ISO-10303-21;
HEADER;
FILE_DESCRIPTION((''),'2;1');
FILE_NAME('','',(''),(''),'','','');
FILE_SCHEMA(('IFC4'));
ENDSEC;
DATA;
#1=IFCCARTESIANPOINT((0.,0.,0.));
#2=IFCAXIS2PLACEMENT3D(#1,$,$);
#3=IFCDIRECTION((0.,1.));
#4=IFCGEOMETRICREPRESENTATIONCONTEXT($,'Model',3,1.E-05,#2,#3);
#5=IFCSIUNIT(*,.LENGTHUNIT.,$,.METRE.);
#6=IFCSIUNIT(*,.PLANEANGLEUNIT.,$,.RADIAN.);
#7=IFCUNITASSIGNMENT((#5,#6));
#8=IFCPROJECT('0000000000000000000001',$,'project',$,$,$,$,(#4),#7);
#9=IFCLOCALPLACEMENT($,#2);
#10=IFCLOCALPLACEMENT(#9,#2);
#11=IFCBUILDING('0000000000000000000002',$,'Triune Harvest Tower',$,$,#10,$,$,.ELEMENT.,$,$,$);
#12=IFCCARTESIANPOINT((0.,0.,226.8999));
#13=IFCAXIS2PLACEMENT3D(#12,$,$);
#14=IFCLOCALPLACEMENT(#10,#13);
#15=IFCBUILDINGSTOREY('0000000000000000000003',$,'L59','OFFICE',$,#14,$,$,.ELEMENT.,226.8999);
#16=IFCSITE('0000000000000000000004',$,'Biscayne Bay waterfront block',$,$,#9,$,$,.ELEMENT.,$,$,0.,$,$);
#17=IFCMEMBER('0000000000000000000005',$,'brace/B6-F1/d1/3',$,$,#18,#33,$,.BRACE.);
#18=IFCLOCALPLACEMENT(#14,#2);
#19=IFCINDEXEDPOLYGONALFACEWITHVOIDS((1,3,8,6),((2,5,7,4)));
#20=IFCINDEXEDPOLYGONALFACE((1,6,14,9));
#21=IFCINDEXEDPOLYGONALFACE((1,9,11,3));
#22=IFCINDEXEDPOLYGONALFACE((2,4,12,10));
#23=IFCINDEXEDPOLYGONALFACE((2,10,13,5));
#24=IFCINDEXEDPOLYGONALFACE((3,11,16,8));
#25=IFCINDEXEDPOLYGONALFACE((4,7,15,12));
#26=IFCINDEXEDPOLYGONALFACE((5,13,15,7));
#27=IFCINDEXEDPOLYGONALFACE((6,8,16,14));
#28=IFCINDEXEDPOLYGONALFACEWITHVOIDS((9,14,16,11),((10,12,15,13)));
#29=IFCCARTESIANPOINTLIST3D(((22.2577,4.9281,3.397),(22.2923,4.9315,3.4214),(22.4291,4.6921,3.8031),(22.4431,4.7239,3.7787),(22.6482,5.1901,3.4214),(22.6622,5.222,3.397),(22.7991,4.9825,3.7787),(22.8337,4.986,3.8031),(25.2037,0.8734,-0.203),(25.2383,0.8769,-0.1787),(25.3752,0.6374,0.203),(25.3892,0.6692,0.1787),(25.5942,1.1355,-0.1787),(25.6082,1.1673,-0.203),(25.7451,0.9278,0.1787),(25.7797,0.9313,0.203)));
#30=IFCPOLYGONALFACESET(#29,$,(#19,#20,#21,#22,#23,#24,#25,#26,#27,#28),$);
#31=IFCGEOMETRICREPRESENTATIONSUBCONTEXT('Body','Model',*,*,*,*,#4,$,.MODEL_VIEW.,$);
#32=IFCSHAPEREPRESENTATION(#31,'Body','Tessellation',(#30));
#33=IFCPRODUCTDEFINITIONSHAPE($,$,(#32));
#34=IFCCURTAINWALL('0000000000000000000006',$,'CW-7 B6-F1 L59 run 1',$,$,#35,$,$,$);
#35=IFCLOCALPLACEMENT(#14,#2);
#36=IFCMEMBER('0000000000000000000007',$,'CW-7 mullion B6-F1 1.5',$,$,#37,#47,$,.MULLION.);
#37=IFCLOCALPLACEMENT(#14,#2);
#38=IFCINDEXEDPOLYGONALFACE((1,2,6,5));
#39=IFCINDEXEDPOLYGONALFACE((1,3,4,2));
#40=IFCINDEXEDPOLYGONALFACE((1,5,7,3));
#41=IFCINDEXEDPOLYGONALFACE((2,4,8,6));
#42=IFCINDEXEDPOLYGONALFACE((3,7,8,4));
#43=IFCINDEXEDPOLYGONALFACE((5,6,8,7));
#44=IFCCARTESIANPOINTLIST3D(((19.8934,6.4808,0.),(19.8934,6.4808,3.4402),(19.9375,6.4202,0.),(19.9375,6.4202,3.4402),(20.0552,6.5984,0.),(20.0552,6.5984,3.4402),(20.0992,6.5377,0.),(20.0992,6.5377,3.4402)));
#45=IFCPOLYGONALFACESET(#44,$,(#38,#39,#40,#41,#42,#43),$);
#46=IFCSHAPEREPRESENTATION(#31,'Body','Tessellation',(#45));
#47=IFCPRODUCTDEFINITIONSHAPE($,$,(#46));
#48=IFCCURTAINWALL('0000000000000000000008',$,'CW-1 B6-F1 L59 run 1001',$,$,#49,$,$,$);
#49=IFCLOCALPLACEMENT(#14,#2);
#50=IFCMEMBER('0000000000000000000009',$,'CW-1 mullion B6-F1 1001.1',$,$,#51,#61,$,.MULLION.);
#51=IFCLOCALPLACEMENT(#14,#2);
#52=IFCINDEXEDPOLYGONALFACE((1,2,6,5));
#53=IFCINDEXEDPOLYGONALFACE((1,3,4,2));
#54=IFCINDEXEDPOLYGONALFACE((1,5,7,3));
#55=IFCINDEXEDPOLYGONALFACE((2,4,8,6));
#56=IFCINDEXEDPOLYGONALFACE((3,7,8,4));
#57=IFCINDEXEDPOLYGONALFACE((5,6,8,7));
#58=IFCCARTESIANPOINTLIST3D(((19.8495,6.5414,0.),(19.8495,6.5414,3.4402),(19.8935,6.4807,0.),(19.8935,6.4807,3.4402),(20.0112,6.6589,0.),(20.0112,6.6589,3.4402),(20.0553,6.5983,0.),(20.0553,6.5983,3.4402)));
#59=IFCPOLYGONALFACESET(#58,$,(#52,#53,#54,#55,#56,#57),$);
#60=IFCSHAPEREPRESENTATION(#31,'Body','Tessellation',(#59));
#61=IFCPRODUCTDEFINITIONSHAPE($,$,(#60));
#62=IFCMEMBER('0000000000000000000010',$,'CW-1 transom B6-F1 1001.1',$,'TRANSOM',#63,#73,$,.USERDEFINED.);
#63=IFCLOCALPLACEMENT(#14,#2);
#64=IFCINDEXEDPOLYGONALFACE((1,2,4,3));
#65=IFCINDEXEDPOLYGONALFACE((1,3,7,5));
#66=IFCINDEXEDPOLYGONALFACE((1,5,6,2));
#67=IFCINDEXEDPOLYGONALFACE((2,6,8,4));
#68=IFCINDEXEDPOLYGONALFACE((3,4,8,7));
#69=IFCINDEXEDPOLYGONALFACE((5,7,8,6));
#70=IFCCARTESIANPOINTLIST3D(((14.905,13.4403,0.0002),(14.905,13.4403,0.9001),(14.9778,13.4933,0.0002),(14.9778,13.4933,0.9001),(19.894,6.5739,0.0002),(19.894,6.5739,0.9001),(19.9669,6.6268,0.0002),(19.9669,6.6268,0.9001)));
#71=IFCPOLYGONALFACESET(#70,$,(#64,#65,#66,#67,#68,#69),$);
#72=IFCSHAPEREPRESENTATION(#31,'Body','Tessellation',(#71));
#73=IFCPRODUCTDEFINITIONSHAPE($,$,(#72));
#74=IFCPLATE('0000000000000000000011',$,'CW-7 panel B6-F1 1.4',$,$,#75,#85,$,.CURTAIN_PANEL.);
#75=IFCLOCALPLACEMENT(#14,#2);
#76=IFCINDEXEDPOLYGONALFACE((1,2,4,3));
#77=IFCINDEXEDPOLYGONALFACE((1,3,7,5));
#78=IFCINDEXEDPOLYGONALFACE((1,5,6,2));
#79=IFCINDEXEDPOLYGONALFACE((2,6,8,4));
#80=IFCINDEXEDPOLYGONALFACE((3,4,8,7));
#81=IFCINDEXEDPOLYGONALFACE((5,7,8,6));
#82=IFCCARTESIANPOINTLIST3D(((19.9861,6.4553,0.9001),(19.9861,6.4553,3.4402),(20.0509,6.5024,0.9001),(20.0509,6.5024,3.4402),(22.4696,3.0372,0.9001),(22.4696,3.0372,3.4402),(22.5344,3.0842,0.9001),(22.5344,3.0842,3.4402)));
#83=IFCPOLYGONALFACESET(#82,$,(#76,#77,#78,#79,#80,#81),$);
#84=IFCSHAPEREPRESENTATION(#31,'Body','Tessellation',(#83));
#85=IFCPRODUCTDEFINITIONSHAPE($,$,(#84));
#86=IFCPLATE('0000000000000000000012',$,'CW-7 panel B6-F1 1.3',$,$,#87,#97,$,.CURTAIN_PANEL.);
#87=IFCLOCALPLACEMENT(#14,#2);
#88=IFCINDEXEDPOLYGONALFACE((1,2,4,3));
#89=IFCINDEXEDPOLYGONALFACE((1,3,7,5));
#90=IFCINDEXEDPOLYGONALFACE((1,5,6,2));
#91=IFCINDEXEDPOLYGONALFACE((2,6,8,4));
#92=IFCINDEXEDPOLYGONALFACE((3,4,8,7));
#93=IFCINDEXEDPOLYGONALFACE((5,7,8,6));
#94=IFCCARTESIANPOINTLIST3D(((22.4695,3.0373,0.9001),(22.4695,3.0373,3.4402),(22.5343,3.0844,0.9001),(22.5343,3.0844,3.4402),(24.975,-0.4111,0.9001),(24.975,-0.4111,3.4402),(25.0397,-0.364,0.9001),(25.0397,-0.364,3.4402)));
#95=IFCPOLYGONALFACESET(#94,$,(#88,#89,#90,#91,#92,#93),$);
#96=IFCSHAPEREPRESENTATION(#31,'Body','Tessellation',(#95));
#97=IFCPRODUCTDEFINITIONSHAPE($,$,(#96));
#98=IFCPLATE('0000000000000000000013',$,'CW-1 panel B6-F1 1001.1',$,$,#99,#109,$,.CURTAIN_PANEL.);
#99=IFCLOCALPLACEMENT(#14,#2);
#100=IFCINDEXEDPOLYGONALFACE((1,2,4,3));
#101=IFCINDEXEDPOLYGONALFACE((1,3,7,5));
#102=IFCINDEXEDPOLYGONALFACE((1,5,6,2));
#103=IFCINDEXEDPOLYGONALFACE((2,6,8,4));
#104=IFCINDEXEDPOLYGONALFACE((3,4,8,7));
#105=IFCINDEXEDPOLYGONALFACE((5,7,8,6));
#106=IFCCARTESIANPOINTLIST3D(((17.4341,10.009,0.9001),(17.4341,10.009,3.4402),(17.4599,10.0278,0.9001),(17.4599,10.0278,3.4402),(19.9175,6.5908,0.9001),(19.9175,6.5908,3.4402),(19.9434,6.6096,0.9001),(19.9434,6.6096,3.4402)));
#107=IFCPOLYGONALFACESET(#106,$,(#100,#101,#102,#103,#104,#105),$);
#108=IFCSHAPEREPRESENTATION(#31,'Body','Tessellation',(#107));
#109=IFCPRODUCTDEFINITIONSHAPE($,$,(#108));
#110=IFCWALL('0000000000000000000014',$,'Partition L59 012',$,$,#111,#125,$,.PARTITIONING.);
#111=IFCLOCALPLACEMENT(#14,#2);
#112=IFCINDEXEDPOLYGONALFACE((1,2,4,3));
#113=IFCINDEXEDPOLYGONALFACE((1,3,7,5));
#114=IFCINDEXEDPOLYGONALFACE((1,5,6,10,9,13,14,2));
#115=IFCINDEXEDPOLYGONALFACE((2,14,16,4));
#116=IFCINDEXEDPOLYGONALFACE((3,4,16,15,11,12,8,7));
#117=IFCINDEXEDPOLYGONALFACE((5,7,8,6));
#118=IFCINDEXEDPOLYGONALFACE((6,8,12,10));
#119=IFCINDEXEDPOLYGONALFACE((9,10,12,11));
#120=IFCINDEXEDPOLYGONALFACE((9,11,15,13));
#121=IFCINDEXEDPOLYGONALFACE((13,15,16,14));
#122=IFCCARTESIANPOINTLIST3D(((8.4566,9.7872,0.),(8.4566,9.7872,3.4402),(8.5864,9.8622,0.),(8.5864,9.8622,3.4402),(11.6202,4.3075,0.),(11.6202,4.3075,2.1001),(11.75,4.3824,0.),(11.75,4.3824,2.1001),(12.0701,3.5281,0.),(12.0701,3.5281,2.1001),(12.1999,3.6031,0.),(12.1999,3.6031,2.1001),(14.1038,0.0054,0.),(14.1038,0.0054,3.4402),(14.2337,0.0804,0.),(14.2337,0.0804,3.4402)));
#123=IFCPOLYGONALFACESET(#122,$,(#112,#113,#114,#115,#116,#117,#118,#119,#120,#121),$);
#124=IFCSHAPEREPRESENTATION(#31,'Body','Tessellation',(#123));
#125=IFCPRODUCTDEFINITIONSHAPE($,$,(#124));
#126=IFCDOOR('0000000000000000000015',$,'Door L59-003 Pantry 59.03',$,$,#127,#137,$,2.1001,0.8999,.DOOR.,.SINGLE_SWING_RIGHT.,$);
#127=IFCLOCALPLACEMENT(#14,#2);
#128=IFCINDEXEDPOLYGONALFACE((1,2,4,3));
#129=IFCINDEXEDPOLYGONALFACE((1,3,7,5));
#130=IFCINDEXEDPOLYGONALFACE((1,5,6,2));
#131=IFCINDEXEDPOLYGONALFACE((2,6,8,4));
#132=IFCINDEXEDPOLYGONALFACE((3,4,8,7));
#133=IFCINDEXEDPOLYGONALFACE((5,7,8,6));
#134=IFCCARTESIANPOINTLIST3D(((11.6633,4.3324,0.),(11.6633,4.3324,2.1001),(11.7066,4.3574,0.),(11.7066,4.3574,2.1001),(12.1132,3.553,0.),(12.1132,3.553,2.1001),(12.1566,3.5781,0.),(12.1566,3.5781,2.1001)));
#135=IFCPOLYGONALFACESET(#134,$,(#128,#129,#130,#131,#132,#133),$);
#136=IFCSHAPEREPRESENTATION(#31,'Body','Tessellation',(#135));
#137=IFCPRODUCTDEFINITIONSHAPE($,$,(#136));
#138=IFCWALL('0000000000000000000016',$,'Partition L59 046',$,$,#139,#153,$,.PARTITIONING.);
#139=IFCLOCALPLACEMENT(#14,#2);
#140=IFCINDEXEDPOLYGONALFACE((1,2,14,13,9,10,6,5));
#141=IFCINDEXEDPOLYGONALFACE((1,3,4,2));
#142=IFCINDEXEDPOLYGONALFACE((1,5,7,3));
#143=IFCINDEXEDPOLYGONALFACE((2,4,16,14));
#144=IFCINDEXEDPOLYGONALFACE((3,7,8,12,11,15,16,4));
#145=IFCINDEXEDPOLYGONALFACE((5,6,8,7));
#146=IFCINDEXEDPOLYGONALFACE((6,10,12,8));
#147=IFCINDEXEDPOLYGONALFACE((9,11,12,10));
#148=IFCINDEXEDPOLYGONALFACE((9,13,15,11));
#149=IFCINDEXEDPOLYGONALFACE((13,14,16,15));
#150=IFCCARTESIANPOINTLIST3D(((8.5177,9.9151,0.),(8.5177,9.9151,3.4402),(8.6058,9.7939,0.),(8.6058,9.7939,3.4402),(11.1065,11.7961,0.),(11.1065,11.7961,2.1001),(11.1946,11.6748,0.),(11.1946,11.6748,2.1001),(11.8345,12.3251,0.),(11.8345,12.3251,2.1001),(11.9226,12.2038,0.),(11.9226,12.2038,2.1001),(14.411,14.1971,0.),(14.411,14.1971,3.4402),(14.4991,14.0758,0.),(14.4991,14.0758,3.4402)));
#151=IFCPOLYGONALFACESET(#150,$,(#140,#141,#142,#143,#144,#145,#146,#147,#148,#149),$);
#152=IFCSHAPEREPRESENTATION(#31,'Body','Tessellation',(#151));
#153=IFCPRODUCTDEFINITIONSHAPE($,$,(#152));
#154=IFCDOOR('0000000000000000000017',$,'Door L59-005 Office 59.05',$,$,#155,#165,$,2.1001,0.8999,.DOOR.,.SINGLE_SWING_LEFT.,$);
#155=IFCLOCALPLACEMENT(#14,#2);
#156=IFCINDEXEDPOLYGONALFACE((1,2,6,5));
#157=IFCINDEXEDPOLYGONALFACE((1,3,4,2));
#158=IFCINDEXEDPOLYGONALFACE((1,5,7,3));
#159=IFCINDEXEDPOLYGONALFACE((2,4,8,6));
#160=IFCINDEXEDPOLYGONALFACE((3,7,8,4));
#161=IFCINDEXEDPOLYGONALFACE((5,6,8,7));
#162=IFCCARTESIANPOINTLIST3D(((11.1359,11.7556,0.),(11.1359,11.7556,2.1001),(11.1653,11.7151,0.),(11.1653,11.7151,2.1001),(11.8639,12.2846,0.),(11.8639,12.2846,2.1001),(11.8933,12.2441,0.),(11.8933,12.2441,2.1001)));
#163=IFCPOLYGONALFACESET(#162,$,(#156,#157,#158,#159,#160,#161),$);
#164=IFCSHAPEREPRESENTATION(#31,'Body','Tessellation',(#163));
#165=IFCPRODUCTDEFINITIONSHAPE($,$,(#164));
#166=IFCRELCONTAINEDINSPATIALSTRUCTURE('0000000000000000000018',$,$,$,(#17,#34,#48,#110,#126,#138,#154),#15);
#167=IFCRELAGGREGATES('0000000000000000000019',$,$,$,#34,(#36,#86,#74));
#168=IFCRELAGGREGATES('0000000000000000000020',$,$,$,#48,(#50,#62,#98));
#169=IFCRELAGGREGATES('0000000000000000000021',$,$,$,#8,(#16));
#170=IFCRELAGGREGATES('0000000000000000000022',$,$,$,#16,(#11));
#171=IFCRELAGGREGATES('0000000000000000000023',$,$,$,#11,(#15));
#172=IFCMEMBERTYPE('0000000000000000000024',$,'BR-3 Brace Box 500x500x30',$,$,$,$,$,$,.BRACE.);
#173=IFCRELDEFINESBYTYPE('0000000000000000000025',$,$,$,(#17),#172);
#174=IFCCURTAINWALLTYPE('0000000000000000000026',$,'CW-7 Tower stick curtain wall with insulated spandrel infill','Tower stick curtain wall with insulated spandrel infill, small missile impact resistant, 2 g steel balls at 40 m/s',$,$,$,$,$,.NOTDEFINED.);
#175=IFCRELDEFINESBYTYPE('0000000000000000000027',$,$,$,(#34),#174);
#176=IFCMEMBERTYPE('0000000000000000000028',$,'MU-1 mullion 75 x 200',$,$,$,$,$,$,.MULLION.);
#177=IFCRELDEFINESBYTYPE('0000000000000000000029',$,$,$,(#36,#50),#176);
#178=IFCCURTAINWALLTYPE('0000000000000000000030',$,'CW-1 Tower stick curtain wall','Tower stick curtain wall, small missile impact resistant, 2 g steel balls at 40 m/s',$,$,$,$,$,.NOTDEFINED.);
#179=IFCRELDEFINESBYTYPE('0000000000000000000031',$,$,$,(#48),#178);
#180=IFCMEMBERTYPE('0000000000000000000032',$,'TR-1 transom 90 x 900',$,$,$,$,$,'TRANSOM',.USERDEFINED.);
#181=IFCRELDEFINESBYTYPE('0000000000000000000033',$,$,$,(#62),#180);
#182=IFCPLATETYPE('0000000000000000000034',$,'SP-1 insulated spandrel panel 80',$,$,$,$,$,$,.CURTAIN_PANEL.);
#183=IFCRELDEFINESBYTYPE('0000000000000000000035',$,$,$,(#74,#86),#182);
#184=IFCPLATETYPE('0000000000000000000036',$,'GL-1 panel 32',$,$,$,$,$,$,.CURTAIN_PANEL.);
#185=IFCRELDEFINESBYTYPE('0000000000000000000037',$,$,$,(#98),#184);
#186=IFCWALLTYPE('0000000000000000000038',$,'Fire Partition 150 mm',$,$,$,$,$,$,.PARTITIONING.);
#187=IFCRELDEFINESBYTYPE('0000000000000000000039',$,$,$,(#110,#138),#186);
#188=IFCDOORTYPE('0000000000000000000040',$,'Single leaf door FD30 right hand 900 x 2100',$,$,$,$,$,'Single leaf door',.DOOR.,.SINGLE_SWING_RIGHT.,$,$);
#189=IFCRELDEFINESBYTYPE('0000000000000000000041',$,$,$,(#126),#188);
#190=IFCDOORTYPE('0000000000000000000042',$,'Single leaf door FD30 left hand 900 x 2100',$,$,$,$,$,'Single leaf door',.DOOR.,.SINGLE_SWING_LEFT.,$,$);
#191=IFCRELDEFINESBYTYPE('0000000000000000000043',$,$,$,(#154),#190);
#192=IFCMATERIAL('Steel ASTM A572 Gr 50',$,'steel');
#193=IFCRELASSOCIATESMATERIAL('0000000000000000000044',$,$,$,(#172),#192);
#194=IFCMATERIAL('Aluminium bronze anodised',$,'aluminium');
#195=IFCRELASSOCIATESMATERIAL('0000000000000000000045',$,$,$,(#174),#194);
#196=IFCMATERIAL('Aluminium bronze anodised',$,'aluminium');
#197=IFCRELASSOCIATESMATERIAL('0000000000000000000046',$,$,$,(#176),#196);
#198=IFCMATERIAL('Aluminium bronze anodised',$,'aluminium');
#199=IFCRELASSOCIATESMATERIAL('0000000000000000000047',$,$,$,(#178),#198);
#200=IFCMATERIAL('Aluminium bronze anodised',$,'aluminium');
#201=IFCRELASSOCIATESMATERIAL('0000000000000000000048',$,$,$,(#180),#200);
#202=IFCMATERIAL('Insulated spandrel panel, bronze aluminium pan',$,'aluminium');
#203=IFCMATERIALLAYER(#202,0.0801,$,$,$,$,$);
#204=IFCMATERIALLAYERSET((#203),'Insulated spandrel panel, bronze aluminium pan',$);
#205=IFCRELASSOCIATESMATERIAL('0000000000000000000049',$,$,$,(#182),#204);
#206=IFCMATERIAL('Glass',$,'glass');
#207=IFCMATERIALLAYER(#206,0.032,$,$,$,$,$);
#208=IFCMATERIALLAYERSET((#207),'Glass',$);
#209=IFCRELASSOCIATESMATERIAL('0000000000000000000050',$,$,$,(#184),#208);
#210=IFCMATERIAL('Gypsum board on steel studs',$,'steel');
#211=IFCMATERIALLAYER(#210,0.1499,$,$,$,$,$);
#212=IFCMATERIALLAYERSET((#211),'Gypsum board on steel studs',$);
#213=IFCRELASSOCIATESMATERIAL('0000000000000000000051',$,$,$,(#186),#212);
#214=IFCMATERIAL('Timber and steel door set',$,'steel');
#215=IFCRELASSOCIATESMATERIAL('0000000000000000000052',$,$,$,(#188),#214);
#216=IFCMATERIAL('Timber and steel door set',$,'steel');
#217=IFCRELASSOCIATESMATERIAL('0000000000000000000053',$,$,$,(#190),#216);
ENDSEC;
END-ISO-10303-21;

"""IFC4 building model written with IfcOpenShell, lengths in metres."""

from ifc_helpers import new_model, si_unit, direction, frame, frame_2d, origin, origin_2d, place, context, subcontext, project, spatial, rectangle, hollow_rectangle, extrude, source, transform, mapped, material, layer, layer_set, material_profile, profile_set, type_object, element, fill, aggregate, save


model = new_model("IFC4")

# Units and contexts
model_context = context("Model", 3, precision=1e-05, world=origin(), true_north=direction((0.0, 1.0)))
body_context = subcontext(model_context, "Body", "Model", "MODEL_VIEW")
ifc_project = project(units=[si_unit("LENGTHUNIT", "METRE"), si_unit("PLANEANGLEUNIT", "RADIAN")], contexts=[model_context])

# Site, building, storey
site_placement = place(None, origin())
site = spatial("IfcSite", under=ifc_project, at=site_placement, Name="Biscayne Bay waterfront block", CompositionType="ELEMENT", RefElevation=0.0)
building_placement = place(site_placement, origin())
building = spatial("IfcBuilding", under=site, at=building_placement, Name="Triune Harvest Tower", CompositionType="ELEMENT")
storey_placement = place(building_placement, frame((0.0, 0.0, 226.8999)))
storey = spatial("IfcBuildingStorey", under=building, at=storey_placement, Name="L59", Description="OFFICE", CompositionType="ELEMENT", Elevation=226.8999)

# Member
ifc_material_1 = material(Name="Steel ASTM A572 Gr 50", Category="steel")
ifc_material_profile_1 = material_profile(ifc_material_1, hollow_rectangle(XDim=0.5, YDim=0.5, WallThickness=0.03, at=origin_2d()), Name="Box 500x500x30")
ifc_profile_set_1 = profile_set([ifc_material_profile_1], Name="Steel ASTM A572 Gr 50")
member_type_1 = type_object("IfcMemberType", Name="BR-3 Brace Box 500x500x30", PredefinedType="BRACE", material=ifc_profile_set_1)
shared_shape_1 = source(origin(), body_context, "Body", "SweptSolid", [
    extrude(hollow_rectangle(XDim=0.5, YDim=0.5, WallThickness=0.03, at=origin_2d()), origin(), (0.0, 0.0, 1.0), 6.1709),
])
member_1_placement = place(storey_placement, frame((25.4917, 0.9023, 0.0), z_axis=(-0.477407, 0.657063, 0.583396), x_axis=(-0.809004, -0.587804, 0.0)))
element("IfcMember", 1, at=member_1_placement, inside=storey, type_object=member_type_1, Name="brace/B6-F1/d1/3", PredefinedType="BRACE", context=body_context, shape_type="MappedRepresentation", body=[
    mapped(shared_shape_1, transform((0.0, 0.0, 0.0), scale=1.0)),
])

# Curtain wall, member
ifc_material_2 = material(Name="Aluminium bronze anodised", Category="aluminium")
curtain_wall_type_1 = type_object("IfcCurtainWallType", Name="CW-7 Tower stick curtain wall with insulated spandrel infill", Description="Tower stick curtain wall with insulated spandrel infill, small missile impact resistant, 2 g steel balls at 40 m/s", PredefinedType="NOTDEFINED", material=ifc_material_2)
curtain_wall_1_placement = place(storey_placement, origin())
curtain_wall_1 = element("IfcCurtainWall", 2, at=curtain_wall_1_placement, inside=storey, type_object=curtain_wall_type_1, Name="CW-7 B6-F1 L59 run 1")
ifc_material_3 = material(Name="Aluminium bronze anodised", Category="aluminium")
ifc_material_profile_2 = material_profile(ifc_material_3, rectangle(XDim=0.2, YDim=0.075, at=origin_2d()), Name="MU-1 mullion 75 x 200")
ifc_profile_set_2 = profile_set([ifc_material_profile_2], Name="Aluminium bronze anodised")
member_type_2 = type_object("IfcMemberType", Name="MU-1 mullion 75 x 200", PredefinedType="MULLION", material=ifc_profile_set_2)
shared_shape_2 = source(origin(), body_context, "Body", "SweptSolid", [
    extrude(rectangle(XDim=0.2, YDim=0.075, at=origin_2d()), origin(), (0.0, 0.0, 1.0), 3.4402),
])
member_2_placement = place(storey_placement, frame((19.9963, 6.5093, 0.0), z_axis=(0.0, 0.0, 1.0), x_axis=(-0.809016, -0.587786, 0.0)))
member_2 = element("IfcMember", 3, at=member_2_placement, type_object=member_type_2, Name="CW-7 mullion B6-F1 1.5", PredefinedType="MULLION", context=body_context, shape_type="MappedRepresentation", body=[
    mapped(shared_shape_2, transform((0.0, 0.0, 0.0), scale=1.0)),
])

# Curtain wall, members
ifc_material_4 = material(Name="Aluminium bronze anodised", Category="aluminium")
curtain_wall_type_2 = type_object("IfcCurtainWallType", Name="CW-1 Tower stick curtain wall", Description="Tower stick curtain wall, small missile impact resistant, 2 g steel balls at 40 m/s", PredefinedType="NOTDEFINED", material=ifc_material_4)
curtain_wall_2_placement = place(storey_placement, origin())
curtain_wall_2 = element("IfcCurtainWall", 4, at=curtain_wall_2_placement, inside=storey, type_object=curtain_wall_type_2, Name="CW-1 B6-F1 L59 run 1001")
member_3_placement = place(storey_placement, frame((19.9524, 6.5698, 0.0), z_axis=(0.0, 0.0, 1.0), x_axis=(-0.809018, -0.587784, 0.0)))
member_3 = element("IfcMember", 5, at=member_3_placement, type_object=member_type_2, Name="CW-1 mullion B6-F1 1001.1", PredefinedType="MULLION", context=body_context, shape_type="MappedRepresentation", body=[
    mapped(shared_shape_2, transform((0.0, 0.0, 0.0), scale=1.0)),
])
ifc_material_5 = material(Name="Aluminium bronze anodised", Category="aluminium")
ifc_material_profile_3 = material_profile(ifc_material_5, rectangle(XDim=0.0901, YDim=0.8999, at=origin_2d()), Name="TR-1 transom 90 x 900")
ifc_profile_set_3 = profile_set([ifc_material_profile_3], Name="Aluminium bronze anodised")
member_type_3 = type_object("IfcMemberType", Name="TR-1 transom 90 x 900", ElementType="TRANSOM", PredefinedType="USERDEFINED", material=ifc_profile_set_3)
shared_shape_3 = source(origin(), body_context, "Body", "SweptSolid", [
    extrude(rectangle(XDim=0.0901, YDim=0.8999, at=origin_2d()), origin(), (0.0, 0.0, 1.0), 8.4875),
])
member_4_placement = place(storey_placement, frame((19.9304, 6.6003, 0.4502), z_axis=(-0.587804, 0.809003, 0.0), x_axis=(-0.809003, -0.587804, 0.0)))
member_4 = element("IfcMember", 6, at=member_4_placement, type_object=member_type_3, Name="CW-1 transom B6-F1 1001.1", ObjectType="TRANSOM", PredefinedType="USERDEFINED", context=body_context, shape_type="MappedRepresentation", body=[
    mapped(shared_shape_3, transform((0.0, 0.0, 0.0), scale=1.0)),
])

# Plates
ifc_material_6 = material(Name="Insulated spandrel panel, bronze aluminium pan", Category="aluminium")
ifc_layer_1 = layer(ifc_material_6, 0.0801)
ifc_layer_set_1 = layer_set([ifc_layer_1], Name="Insulated spandrel panel, bronze aluminium pan")
plate_type_1 = type_object("IfcPlateType", Name="SP-1 insulated spandrel panel 80", PredefinedType="CURTAIN_PANEL", material=ifc_layer_set_1)
shared_shape_4 = source(origin(), body_context, "Body", "SweptSolid", [
    extrude(rectangle(XDim=4.2251, YDim=0.0801, at=origin_2d()), origin(), (0.0, 0.0, 1.0), 2.54),
])
plate_1_placement = place(storey_placement, frame((21.2603, 4.7698, 0.9001), z_axis=(0.0, 0.0, 1.0), x_axis=(-0.587786, 0.809016, 0.0)))
plate_1 = element("IfcPlate", 7, at=plate_1_placement, type_object=plate_type_1, Name="CW-7 panel B6-F1 1.4", PredefinedType="CURTAIN_PANEL", context=body_context, shape_type="MappedRepresentation", body=[
    mapped(shared_shape_4, transform((0.0, 0.0, 0.0), scale=1.0)),
])
shared_shape_5 = source(origin(), body_context, "Body", "SweptSolid", [
    extrude(rectangle(XDim=4.2625, YDim=0.0801, at=origin_2d()), origin(), (0.0, 0.0, 1.0), 2.54),
])
plate_2_placement = place(storey_placement, frame((23.7546, 1.3367, 0.9001), z_axis=(0.0, 0.0, 1.0), x_axis=(-0.587786, 0.809016, 0.0)))
plate_2 = element("IfcPlate", 8, at=plate_2_placement, type_object=plate_type_1, Name="CW-7 panel B6-F1 1.3", PredefinedType="CURTAIN_PANEL", context=body_context, shape_type="MappedRepresentation", body=[
    mapped(shared_shape_5, transform((0.0, 0.0, 0.0), scale=1.0)),
])
aggregate(curtain_wall_1, [member_2, plate_2, plate_1])
ifc_material_7 = material(Name="Glass", Category="glass")
ifc_layer_2 = layer(ifc_material_7, 0.032)
ifc_layer_set_2 = layer_set([ifc_layer_2], Name="Glass")
plate_type_2 = type_object("IfcPlateType", Name="GL-1 panel 32", PredefinedType="CURTAIN_PANEL", material=ifc_layer_set_2)
shared_shape_6 = source(origin(), body_context, "Body", "SweptSolid", [
    extrude(rectangle(XDim=4.2251, YDim=0.032, at=origin_2d()), origin(), (0.0, 0.0, 1.0), 2.54),
])
plate_3_placement = place(storey_placement, frame((18.6887, 8.3093, 0.9001), z_axis=(0.0, 0.0, 1.0), x_axis=(-0.587784, 0.809018, 0.0)))
plate_3 = element("IfcPlate", 9, at=plate_3_placement, type_object=plate_type_2, Name="CW-1 panel B6-F1 1001.1", PredefinedType="CURTAIN_PANEL", context=body_context, shape_type="MappedRepresentation", body=[
    mapped(shared_shape_6, transform((0.0, 0.0, 0.0), scale=1.0)),
])
aggregate(curtain_wall_2, [member_3, member_4, plate_3])

# Walls, openings, doors
ifc_material_8 = material(Name="Gypsum board on steel studs", Category="steel")
ifc_layer_3 = layer(ifc_material_8, 0.1499)
ifc_layer_set_3 = layer_set([ifc_layer_3], Name="Gypsum board on steel studs")
wall_type_1 = type_object("IfcWallType", Name="Fire Partition 150 mm", PredefinedType="PARTITIONING", material=ifc_layer_set_3)
wall_1_placement = place(storey_placement, frame((8.5215, 9.8247, 0.0), z_axis=(0.0, 0.0, 1.0), x_axis=(0.499982, -0.866036, 0.0)))
wall_1 = element("IfcWall", 10, at=wall_1_placement, inside=storey, type_object=wall_type_1, Name="Partition L59 012", PredefinedType="PARTITIONING", context=body_context, shape_type="SweptSolid", body=[
    extrude(rectangle(XDim=11.2949, YDim=0.1499, at=frame_2d((5.6475, 0.0))), origin(), (0.0, 0.0, 1.0), 3.4402),
])
opening_1_placement = place(wall_1_placement, frame((6.3274, 0.0, 0.0)))
opening_1 = element("IfcOpeningElement", 11, at=opening_1_placement, cuts=wall_1, PredefinedType="OPENING", context=body_context, shape_type="SweptSolid", body=[
    extrude(rectangle(XDim=0.8999, YDim=2.1001, at=frame_2d((0.45, 1.05))), frame((0.0, 0.085, 0.0), z_axis=(0.0, -1.0, 0.0), x_axis=(1.0, 0.0, 0.0)), (0.0, 0.0, 1.0), 0.1699),
])
ifc_material_9 = material(Name="Timber and steel door set", Category="steel")
door_type_1 = type_object("IfcDoorType", Name="Single leaf door FD30 right hand 900 x 2100", ElementType="Single leaf door", OperationType="SINGLE_SWING_RIGHT", PredefinedType="DOOR", material=ifc_material_9)
door_1_placement = place(opening_1_placement, origin())
door_1 = element("IfcDoor", 12, at=door_1_placement, inside=storey, type_object=door_type_1, Name="Door L59-003 Pantry 59.03", OperationType="SINGLE_SWING_RIGHT", OverallHeight=2.1001, OverallWidth=0.8999, PredefinedType="DOOR", context=body_context, shape_type="SweptSolid", body=[
    extrude(rectangle(XDim=0.8999, YDim=2.1001, at=frame_2d((0.45, 1.05))), frame((0.0, 0.0249, 0.0), z_axis=(0.0, -1.0, 0.0), x_axis=(1.0, 0.0, 0.0)), (0.0, 0.0, 1.0), 0.05),
])
fill(opening_1, door_1)
wall_2_placement = place(storey_placement, frame((8.5618, 9.8545, 0.0), z_axis=(0.0, 0.0, 1.0), x_axis=(0.809001, 0.587807, 0.0)))
wall_2 = element("IfcWall", 13, at=wall_2_placement, inside=storey, type_object=wall_type_1, Name="Partition L59 046", PredefinedType="PARTITIONING", context=body_context, shape_type="SweptSolid", body=[
    extrude(rectangle(XDim=7.2847, YDim=0.1499, at=frame_2d((3.6423, 0.0))), origin(), (0.0, 0.0, 1.0), 3.4402),
])
opening_2_placement = place(wall_2_placement, frame((3.2, 0.0, 0.0)))
opening_2 = element("IfcOpeningElement", 14, at=opening_2_placement, cuts=wall_2, PredefinedType="OPENING", context=body_context, shape_type="SweptSolid", body=[
    extrude(rectangle(XDim=0.8999, YDim=2.1001, at=frame_2d((0.45, 1.05))), frame((0.0, 0.085, 0.0), z_axis=(0.0, -1.0, 0.0), x_axis=(1.0, 0.0, 0.0)), (0.0, 0.0, 1.0), 0.1699),
])
ifc_material_10 = material(Name="Timber and steel door set", Category="steel")
door_type_2 = type_object("IfcDoorType", Name="Single leaf door FD30 left hand 900 x 2100", ElementType="Single leaf door", OperationType="SINGLE_SWING_LEFT", PredefinedType="DOOR", material=ifc_material_10)
door_2_placement = place(opening_2_placement, origin())
door_2 = element("IfcDoor", 15, at=door_2_placement, inside=storey, type_object=door_type_2, Name="Door L59-005 Office 59.05", OperationType="SINGLE_SWING_LEFT", OverallHeight=2.1001, OverallWidth=0.8999, PredefinedType="DOOR", context=body_context, shape_type="SweptSolid", body=[
    extrude(rectangle(XDim=0.8999, YDim=2.1001, at=frame_2d((0.45, 1.05))), frame((0.0, 0.0249, 0.0), z_axis=(0.0, -1.0, 0.0), x_axis=(1.0, 0.0, 0.0)), (0.0, 0.0, 1.0), 0.05),
])
fill(opening_2, door_2)

save(model, "model.ifc")
